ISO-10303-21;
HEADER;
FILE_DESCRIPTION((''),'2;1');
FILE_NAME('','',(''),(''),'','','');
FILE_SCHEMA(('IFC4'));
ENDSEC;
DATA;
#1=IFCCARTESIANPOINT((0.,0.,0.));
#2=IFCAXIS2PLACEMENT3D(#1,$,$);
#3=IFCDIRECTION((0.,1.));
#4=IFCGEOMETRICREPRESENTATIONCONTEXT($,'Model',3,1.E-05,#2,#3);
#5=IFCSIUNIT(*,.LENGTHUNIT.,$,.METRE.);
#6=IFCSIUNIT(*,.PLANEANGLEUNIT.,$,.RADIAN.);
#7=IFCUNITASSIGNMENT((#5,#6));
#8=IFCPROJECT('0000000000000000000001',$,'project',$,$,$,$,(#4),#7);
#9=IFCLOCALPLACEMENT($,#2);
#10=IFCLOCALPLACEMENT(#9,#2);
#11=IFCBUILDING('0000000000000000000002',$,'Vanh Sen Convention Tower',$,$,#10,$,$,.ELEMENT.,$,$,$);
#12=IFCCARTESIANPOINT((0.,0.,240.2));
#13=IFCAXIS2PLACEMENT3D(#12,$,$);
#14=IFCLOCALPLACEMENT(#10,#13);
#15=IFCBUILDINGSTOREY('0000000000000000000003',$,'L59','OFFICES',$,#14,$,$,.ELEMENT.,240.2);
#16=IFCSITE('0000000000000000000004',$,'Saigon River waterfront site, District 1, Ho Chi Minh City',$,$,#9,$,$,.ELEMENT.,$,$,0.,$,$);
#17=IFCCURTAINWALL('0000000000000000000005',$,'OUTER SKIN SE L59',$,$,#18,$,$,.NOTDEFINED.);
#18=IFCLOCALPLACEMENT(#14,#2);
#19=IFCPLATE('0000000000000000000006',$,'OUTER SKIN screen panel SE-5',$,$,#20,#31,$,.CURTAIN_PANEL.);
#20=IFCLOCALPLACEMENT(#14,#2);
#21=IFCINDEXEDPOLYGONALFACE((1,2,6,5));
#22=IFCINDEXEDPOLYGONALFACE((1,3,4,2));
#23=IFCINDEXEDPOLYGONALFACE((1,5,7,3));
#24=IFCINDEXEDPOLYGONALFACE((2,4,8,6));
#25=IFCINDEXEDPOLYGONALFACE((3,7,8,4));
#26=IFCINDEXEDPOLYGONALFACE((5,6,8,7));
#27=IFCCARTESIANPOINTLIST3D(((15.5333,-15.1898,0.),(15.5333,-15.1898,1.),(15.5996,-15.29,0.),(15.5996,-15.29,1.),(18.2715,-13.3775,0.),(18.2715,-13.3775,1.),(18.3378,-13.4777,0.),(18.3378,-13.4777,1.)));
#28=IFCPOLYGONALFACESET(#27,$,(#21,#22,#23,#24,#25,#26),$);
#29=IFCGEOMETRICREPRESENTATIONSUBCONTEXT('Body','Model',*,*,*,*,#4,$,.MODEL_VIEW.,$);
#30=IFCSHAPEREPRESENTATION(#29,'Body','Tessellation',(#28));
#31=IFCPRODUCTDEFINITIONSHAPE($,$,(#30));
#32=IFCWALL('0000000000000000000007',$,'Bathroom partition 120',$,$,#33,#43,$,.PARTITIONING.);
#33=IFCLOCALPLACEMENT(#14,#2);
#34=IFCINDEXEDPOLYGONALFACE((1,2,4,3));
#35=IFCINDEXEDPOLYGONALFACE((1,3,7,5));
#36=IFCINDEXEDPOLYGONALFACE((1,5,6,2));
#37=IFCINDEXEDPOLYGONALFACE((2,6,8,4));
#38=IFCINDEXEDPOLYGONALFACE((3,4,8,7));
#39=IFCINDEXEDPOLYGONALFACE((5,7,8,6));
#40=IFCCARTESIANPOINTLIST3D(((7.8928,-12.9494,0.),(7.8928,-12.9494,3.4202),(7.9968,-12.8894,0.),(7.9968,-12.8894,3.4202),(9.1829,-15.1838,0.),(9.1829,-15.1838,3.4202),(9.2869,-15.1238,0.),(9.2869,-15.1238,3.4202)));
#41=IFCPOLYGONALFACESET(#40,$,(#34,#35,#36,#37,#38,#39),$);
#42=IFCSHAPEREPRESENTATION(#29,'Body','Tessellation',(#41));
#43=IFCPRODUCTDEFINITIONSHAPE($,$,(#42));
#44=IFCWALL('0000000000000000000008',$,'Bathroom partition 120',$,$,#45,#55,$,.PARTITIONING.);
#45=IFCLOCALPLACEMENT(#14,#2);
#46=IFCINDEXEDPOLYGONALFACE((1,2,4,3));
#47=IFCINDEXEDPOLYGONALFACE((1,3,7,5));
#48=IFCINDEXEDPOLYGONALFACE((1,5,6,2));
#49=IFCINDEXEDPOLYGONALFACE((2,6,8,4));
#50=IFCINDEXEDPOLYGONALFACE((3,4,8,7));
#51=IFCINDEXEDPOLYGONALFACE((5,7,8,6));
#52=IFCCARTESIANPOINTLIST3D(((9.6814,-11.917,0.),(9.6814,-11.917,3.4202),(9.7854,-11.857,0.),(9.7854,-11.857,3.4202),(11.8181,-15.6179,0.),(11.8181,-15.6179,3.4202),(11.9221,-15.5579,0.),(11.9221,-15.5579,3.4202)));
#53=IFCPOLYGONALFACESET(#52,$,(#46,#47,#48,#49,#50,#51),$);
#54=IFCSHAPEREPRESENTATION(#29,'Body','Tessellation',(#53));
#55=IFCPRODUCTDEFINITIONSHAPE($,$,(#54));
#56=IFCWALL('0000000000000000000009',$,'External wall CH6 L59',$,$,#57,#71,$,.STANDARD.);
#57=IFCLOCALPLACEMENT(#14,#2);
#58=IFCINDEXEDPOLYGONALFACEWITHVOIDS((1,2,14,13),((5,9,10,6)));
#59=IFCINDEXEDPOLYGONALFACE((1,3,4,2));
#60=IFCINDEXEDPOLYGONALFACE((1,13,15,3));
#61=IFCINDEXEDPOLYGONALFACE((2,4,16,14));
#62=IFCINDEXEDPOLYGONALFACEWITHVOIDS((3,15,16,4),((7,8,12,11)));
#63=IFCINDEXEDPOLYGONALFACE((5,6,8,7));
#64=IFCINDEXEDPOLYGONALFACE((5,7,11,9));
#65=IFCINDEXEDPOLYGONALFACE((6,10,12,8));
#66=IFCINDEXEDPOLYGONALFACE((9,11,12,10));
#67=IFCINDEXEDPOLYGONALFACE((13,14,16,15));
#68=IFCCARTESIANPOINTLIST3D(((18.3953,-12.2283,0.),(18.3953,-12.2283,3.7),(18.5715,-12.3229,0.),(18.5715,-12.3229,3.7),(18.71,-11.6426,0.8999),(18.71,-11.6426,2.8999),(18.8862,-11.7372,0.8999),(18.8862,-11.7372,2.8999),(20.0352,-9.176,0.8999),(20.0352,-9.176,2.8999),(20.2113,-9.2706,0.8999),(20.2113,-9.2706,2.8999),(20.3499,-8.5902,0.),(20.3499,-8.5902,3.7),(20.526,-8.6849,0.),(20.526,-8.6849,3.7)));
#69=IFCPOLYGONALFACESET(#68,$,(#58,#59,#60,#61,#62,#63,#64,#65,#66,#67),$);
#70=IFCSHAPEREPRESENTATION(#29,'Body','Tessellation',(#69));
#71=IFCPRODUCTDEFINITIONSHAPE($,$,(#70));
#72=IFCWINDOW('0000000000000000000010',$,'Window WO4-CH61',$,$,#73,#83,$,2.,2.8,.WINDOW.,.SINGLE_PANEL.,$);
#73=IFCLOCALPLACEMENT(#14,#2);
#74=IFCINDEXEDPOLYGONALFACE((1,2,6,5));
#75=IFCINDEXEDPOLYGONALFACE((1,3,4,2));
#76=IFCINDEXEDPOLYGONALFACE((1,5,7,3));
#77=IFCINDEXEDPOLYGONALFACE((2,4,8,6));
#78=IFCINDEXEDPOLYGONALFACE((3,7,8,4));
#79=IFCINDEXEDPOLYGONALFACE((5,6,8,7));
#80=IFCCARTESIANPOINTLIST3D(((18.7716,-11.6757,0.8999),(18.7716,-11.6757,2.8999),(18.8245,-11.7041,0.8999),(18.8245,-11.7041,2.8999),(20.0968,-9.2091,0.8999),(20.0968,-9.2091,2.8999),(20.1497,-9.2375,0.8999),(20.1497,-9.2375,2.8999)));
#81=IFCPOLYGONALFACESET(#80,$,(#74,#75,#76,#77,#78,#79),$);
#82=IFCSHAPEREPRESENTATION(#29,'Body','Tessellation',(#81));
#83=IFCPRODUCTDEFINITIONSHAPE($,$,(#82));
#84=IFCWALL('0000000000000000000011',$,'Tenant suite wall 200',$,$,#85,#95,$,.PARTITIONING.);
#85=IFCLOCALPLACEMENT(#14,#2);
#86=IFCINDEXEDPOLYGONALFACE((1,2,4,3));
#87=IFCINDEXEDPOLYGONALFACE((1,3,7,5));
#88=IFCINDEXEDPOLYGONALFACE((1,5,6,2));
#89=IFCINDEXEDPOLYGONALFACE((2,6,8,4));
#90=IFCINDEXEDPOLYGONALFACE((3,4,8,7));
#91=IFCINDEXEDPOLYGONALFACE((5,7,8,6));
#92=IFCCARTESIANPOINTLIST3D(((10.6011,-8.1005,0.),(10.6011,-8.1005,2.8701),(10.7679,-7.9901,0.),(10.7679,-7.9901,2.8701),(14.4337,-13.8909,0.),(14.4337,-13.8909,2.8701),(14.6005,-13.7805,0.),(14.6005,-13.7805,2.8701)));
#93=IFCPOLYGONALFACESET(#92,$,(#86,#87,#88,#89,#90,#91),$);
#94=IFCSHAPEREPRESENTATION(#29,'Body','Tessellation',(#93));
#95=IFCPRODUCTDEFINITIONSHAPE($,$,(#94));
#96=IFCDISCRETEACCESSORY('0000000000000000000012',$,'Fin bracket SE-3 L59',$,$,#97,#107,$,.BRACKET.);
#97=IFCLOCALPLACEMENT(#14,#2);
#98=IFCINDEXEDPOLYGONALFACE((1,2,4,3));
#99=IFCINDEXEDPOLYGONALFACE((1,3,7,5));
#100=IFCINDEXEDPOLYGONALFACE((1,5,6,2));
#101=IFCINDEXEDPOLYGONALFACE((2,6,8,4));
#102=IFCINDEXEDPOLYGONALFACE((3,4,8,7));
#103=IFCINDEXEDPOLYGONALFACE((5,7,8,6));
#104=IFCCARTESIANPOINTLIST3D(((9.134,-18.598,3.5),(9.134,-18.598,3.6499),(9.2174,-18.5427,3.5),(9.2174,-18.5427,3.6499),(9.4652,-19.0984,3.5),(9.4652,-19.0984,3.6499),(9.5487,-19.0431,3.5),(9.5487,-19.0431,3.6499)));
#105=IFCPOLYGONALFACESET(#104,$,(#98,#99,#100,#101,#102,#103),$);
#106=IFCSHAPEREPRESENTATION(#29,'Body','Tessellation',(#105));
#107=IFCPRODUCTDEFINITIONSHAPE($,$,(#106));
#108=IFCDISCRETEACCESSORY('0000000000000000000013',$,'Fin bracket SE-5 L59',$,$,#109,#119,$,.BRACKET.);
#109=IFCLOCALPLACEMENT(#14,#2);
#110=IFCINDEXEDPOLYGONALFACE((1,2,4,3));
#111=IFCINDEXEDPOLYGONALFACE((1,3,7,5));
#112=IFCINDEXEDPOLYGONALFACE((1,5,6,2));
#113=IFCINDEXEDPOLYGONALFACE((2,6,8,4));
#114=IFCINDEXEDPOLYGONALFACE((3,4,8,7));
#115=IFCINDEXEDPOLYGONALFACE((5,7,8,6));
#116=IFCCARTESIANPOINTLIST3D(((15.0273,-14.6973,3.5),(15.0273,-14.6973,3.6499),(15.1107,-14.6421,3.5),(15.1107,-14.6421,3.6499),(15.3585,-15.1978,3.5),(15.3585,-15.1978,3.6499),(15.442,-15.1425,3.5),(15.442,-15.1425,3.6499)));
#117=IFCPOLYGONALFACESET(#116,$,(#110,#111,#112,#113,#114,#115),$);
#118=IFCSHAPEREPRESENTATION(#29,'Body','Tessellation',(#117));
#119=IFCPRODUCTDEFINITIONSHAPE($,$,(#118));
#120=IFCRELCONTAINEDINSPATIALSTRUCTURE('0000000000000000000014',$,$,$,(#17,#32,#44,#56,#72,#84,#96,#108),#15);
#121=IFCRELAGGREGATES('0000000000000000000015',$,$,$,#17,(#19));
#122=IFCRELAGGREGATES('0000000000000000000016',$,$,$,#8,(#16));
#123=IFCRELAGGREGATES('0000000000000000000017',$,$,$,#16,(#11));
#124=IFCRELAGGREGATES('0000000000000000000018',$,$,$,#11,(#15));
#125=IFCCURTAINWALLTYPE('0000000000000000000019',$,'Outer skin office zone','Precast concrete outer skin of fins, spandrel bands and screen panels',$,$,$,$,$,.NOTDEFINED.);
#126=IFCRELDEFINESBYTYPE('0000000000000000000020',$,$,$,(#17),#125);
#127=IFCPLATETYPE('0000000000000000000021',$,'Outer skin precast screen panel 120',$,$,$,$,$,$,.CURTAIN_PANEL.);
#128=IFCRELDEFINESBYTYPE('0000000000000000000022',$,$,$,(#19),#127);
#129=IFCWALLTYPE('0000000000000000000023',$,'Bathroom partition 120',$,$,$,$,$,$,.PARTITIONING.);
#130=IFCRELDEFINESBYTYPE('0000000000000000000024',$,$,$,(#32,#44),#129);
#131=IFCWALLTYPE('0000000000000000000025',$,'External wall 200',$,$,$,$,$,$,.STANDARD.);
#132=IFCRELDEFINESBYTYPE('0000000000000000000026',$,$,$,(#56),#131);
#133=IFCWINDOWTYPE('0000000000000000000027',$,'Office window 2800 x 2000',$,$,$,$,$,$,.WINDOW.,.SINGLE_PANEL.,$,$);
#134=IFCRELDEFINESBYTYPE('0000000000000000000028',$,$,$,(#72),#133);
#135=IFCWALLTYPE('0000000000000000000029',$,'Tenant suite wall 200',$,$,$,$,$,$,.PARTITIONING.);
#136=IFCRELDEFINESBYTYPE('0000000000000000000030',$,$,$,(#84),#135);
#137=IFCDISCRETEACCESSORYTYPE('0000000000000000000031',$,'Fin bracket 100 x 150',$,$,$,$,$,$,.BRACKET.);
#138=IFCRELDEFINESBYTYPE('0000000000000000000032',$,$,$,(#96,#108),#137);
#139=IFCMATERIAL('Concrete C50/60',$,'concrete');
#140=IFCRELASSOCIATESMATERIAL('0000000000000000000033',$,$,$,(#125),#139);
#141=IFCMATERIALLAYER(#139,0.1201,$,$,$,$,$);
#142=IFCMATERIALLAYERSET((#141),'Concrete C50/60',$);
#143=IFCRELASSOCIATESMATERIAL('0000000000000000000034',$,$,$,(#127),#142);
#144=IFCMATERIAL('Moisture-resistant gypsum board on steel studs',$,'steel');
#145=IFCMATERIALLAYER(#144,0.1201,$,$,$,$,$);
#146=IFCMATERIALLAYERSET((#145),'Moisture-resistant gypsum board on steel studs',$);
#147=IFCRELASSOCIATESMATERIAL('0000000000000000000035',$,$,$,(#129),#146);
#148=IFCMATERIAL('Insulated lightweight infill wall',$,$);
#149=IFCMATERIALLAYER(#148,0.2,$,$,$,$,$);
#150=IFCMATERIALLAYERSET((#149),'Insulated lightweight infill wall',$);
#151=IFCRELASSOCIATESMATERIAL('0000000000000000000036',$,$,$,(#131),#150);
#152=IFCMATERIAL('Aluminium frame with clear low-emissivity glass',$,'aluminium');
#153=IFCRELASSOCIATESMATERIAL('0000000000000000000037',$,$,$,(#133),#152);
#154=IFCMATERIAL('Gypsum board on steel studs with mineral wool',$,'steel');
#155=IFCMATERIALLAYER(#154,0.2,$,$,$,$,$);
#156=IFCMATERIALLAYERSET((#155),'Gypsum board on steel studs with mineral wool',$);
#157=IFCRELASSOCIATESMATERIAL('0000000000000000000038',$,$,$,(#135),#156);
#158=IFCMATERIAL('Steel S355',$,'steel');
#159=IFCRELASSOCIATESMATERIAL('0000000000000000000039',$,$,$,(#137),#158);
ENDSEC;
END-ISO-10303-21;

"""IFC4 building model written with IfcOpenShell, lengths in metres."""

from ifc_helpers import new_model, si_unit, direction, frame, frame_2d, origin, origin_2d, place, context, subcontext, project, spatial, rectangle, extrude, material, layer, layer_set, type_object, element, fill, aggregate, save


model = new_model("IFC4")

# Units and contexts
model_context = context("Model", 3, precision=1e-05, world=origin(), true_north=direction((0.0, 1.0)))
body_context = subcontext(model_context, "Body", "Model", "MODEL_VIEW")
ifc_project = project(units=[si_unit("LENGTHUNIT", "METRE"), si_unit("PLANEANGLEUNIT", "RADIAN")], contexts=[model_context])

# Site, building, storey
site_placement = place(None, origin())
site = spatial("IfcSite", under=ifc_project, at=site_placement, Name="Saigon River waterfront site, District 1, Ho Chi Minh City", CompositionType="ELEMENT", RefElevation=0.0)
building_placement = place(site_placement, origin())
building = spatial("IfcBuilding", under=site, at=building_placement, Name="Vanh Sen Convention Tower", CompositionType="ELEMENT")
storey_placement = place(building_placement, frame((0.0, 0.0, 240.2)))
storey = spatial("IfcBuildingStorey", under=building, at=storey_placement, Name="L59", Description="OFFICES", CompositionType="ELEMENT", Elevation=240.2)

# Curtain wall
ifc_material_1 = material(Name="Concrete C50/60", Category="concrete")
curtain_wall_type = type_object("IfcCurtainWallType", Name="Outer skin office zone", Description="Precast concrete outer skin of fins, spandrel bands and screen panels", PredefinedType="NOTDEFINED", material=ifc_material_1)
curtain_wall_1_placement = place(storey_placement, origin())
curtain_wall_1 = element("IfcCurtainWall", 1, at=curtain_wall_1_placement, inside=storey, type_object=curtain_wall_type, Name="OUTER SKIN SE L59", PredefinedType="NOTDEFINED")

# Plate
ifc_layer_1 = layer(ifc_material_1, 0.1201)
ifc_layer_set_1 = layer_set([ifc_layer_1], Name="Concrete C50/60")
plate_type = type_object("IfcPlateType", Name="Outer skin precast screen panel 120", PredefinedType="CURTAIN_PANEL", material=ifc_layer_set_1)
plate_1_placement = place(storey_placement, frame((16.9355, -14.3337, 0.0), z_axis=(0.0, 0.0, 1.0), x_axis=(0.833896, 0.551921, 0.0)))
plate_1 = element("IfcPlate", 2, at=plate_1_placement, type_object=plate_type, Name="OUTER SKIN screen panel SE-5", PredefinedType="CURTAIN_PANEL", context=body_context, shape_type="SweptSolid", body=[
    extrude(rectangle(XDim=3.2837, YDim=0.1201, at=origin_2d()), origin(), (0.0, 0.0, 1.0), 1.0),
])
aggregate(curtain_wall_1, [plate_1])

# Walls
ifc_material_2 = material(Name="Moisture-resistant gypsum board on steel studs", Category="steel")
ifc_layer_2 = layer(ifc_material_2, 0.1201)
ifc_layer_set_2 = layer_set([ifc_layer_2], Name="Moisture-resistant gypsum board on steel studs")
wall_type_1 = type_object("IfcWallType", Name="Bathroom partition 120", PredefinedType="PARTITIONING", material=ifc_layer_set_2)
wall_1_placement = place(storey_placement, frame((9.2349, -15.1538, 0.0), z_axis=(0.0, 0.0, 1.0), x_axis=(-0.500006, 0.866022, 0.0)))
element("IfcWall", 3, at=wall_1_placement, inside=storey, type_object=wall_type_1, Name="Bathroom partition 120", PredefinedType="PARTITIONING", context=body_context, shape_type="SweptSolid", body=[
    extrude(rectangle(XDim=2.5801, YDim=0.1201, at=frame_2d((1.29, 0.0))), origin(), (0.0, 0.0, 1.0), 3.4202),
])
wall_2_placement = place(storey_placement, frame((11.8701, -15.5879, 0.0), z_axis=(0.0, 0.0, 1.0), x_axis=(-0.499998, 0.866027, 0.0)))
element("IfcWall", 4, at=wall_2_placement, inside=storey, type_object=wall_type_1, Name="Bathroom partition 120", PredefinedType="PARTITIONING", context=body_context, shape_type="SweptSolid", body=[
    extrude(rectangle(XDim=4.2734, YDim=0.1201, at=frame_2d((2.1367, 0.0))), origin(), (0.0, 0.0, 1.0), 3.4202),
])

# Wall, opening, window
ifc_material_3 = material(Name="Insulated lightweight infill wall")
ifc_layer_3 = layer(ifc_material_3, 0.2)
ifc_layer_set_3 = layer_set([ifc_layer_3], Name="Insulated lightweight infill wall")
wall_type_2 = type_object("IfcWallType", Name="External wall 200", PredefinedType="STANDARD", material=ifc_layer_set_3)
wall_3_placement = place(storey_placement, frame((18.4834, -12.2756, 0.0), z_axis=(0.0, 0.0, 1.0), x_axis=(0.473268, 0.880919, 0.0)))
wall_3 = element("IfcWall", 5, at=wall_3_placement, inside=storey, type_object=wall_type_2, Name="External wall CH6 L59", PredefinedType="STANDARD", context=body_context, shape_type="SweptSolid", body=[
    extrude(rectangle(XDim=4.1299, YDim=0.2, at=frame_2d((2.0649, 0.0))), origin(), (0.0, 0.0, 1.0), 3.7),
])
opening_placement = place(wall_3_placement, frame((0.665, 0.0, 0.8999)))
opening = element("IfcOpeningElement", 6, at=opening_placement, cuts=wall_3, PredefinedType="OPENING", context=body_context, shape_type="SweptSolid", body=[
    extrude(rectangle(XDim=2.8, YDim=2.0, at=frame_2d((1.3999, 1.0))), frame((0.0, 0.1099, 0.0), z_axis=(0.0, -1.0, 0.0), x_axis=(1.0, 0.0, 0.0)), (0.0, 0.0, 1.0), 0.22),
])
ifc_material_4 = material(Name="Aluminium frame with clear low-emissivity glass", Category="aluminium")
window_type = type_object("IfcWindowType", Name="Office window 2800 x 2000", PartitioningType="SINGLE_PANEL", PredefinedType="WINDOW", material=ifc_material_4)
window_placement = place(opening_placement, origin())
window = element("IfcWindow", 7, at=window_placement, inside=storey, type_object=window_type, Name="Window WO4-CH61", OverallHeight=2.0, OverallWidth=2.8, PartitioningType="SINGLE_PANEL", PredefinedType="WINDOW", context=body_context, shape_type="SweptSolid", body=[
    extrude(rectangle(XDim=2.8, YDim=2.0, at=frame_2d((1.3999, 1.0))), frame((0.0, 0.03, 0.0), z_axis=(0.0, -1.0, 0.0), x_axis=(1.0, 0.0, 0.0)), (0.0, 0.0, 1.0), 0.0601),
])
fill(opening, window)

# Wall
ifc_material_5 = material(Name="Gypsum board on steel studs with mineral wool", Category="steel")
ifc_layer_4 = layer(ifc_material_5, 0.2)
ifc_layer_set_4 = layer_set([ifc_layer_4], Name="Gypsum board on steel studs with mineral wool")
wall_type_3 = type_object("IfcWallType", Name="Tenant suite wall 200", PredefinedType="PARTITIONING", material=ifc_layer_set_4)
wall_4_placement = place(storey_placement, frame((14.5171, -13.8357, 0.0), z_axis=(0.0, 0.0, 1.0), x_axis=(-0.551938, 0.833885, 0.0)))
element("IfcWall", 8, at=wall_4_placement, inside=storey, type_object=wall_type_3, Name="Tenant suite wall 200", PredefinedType="PARTITIONING", context=body_context, shape_type="SweptSolid", body=[
    extrude(rectangle(XDim=6.9438, YDim=0.2, at=frame_2d((3.4719, 0.0))), origin(), (0.0, 0.0, 1.0), 2.8701),
])

# Discrete accessories
ifc_material_6 = material(Name="Steel S355", Category="steel")
discrete_accessory_type = type_object("IfcDiscreteAccessoryType", Name="Fin bracket 100 x 150", PredefinedType="BRACKET", material=ifc_material_6)
for number, where, z_axis, x_axis, name in (
    (9, (9.3413, -18.8206, 3.5), (0.0, 0.0, 1.0), (0.551937, -0.833886, 0.0), "Fin bracket SE-3 L59"),
    (10, (15.2346, -14.9199, 3.5), (0.0, 0.0, 1.0), (0.551937, -0.833886, 0.0), "Fin bracket SE-5 L59"),
):
    element("IfcDiscreteAccessory", number, at=place(storey_placement, frame(where, z_axis=z_axis, x_axis=x_axis)), inside=storey, type_object=discrete_accessory_type, Name=name, PredefinedType="BRACKET", context=body_context, shape_type="SweptSolid", body=[
        extrude(rectangle(XDim=0.6001, YDim=0.1001, at=origin_2d()), origin(), (0.0, 0.0, 1.0), 0.1499),
    ])

save(model, "model.ifc")
